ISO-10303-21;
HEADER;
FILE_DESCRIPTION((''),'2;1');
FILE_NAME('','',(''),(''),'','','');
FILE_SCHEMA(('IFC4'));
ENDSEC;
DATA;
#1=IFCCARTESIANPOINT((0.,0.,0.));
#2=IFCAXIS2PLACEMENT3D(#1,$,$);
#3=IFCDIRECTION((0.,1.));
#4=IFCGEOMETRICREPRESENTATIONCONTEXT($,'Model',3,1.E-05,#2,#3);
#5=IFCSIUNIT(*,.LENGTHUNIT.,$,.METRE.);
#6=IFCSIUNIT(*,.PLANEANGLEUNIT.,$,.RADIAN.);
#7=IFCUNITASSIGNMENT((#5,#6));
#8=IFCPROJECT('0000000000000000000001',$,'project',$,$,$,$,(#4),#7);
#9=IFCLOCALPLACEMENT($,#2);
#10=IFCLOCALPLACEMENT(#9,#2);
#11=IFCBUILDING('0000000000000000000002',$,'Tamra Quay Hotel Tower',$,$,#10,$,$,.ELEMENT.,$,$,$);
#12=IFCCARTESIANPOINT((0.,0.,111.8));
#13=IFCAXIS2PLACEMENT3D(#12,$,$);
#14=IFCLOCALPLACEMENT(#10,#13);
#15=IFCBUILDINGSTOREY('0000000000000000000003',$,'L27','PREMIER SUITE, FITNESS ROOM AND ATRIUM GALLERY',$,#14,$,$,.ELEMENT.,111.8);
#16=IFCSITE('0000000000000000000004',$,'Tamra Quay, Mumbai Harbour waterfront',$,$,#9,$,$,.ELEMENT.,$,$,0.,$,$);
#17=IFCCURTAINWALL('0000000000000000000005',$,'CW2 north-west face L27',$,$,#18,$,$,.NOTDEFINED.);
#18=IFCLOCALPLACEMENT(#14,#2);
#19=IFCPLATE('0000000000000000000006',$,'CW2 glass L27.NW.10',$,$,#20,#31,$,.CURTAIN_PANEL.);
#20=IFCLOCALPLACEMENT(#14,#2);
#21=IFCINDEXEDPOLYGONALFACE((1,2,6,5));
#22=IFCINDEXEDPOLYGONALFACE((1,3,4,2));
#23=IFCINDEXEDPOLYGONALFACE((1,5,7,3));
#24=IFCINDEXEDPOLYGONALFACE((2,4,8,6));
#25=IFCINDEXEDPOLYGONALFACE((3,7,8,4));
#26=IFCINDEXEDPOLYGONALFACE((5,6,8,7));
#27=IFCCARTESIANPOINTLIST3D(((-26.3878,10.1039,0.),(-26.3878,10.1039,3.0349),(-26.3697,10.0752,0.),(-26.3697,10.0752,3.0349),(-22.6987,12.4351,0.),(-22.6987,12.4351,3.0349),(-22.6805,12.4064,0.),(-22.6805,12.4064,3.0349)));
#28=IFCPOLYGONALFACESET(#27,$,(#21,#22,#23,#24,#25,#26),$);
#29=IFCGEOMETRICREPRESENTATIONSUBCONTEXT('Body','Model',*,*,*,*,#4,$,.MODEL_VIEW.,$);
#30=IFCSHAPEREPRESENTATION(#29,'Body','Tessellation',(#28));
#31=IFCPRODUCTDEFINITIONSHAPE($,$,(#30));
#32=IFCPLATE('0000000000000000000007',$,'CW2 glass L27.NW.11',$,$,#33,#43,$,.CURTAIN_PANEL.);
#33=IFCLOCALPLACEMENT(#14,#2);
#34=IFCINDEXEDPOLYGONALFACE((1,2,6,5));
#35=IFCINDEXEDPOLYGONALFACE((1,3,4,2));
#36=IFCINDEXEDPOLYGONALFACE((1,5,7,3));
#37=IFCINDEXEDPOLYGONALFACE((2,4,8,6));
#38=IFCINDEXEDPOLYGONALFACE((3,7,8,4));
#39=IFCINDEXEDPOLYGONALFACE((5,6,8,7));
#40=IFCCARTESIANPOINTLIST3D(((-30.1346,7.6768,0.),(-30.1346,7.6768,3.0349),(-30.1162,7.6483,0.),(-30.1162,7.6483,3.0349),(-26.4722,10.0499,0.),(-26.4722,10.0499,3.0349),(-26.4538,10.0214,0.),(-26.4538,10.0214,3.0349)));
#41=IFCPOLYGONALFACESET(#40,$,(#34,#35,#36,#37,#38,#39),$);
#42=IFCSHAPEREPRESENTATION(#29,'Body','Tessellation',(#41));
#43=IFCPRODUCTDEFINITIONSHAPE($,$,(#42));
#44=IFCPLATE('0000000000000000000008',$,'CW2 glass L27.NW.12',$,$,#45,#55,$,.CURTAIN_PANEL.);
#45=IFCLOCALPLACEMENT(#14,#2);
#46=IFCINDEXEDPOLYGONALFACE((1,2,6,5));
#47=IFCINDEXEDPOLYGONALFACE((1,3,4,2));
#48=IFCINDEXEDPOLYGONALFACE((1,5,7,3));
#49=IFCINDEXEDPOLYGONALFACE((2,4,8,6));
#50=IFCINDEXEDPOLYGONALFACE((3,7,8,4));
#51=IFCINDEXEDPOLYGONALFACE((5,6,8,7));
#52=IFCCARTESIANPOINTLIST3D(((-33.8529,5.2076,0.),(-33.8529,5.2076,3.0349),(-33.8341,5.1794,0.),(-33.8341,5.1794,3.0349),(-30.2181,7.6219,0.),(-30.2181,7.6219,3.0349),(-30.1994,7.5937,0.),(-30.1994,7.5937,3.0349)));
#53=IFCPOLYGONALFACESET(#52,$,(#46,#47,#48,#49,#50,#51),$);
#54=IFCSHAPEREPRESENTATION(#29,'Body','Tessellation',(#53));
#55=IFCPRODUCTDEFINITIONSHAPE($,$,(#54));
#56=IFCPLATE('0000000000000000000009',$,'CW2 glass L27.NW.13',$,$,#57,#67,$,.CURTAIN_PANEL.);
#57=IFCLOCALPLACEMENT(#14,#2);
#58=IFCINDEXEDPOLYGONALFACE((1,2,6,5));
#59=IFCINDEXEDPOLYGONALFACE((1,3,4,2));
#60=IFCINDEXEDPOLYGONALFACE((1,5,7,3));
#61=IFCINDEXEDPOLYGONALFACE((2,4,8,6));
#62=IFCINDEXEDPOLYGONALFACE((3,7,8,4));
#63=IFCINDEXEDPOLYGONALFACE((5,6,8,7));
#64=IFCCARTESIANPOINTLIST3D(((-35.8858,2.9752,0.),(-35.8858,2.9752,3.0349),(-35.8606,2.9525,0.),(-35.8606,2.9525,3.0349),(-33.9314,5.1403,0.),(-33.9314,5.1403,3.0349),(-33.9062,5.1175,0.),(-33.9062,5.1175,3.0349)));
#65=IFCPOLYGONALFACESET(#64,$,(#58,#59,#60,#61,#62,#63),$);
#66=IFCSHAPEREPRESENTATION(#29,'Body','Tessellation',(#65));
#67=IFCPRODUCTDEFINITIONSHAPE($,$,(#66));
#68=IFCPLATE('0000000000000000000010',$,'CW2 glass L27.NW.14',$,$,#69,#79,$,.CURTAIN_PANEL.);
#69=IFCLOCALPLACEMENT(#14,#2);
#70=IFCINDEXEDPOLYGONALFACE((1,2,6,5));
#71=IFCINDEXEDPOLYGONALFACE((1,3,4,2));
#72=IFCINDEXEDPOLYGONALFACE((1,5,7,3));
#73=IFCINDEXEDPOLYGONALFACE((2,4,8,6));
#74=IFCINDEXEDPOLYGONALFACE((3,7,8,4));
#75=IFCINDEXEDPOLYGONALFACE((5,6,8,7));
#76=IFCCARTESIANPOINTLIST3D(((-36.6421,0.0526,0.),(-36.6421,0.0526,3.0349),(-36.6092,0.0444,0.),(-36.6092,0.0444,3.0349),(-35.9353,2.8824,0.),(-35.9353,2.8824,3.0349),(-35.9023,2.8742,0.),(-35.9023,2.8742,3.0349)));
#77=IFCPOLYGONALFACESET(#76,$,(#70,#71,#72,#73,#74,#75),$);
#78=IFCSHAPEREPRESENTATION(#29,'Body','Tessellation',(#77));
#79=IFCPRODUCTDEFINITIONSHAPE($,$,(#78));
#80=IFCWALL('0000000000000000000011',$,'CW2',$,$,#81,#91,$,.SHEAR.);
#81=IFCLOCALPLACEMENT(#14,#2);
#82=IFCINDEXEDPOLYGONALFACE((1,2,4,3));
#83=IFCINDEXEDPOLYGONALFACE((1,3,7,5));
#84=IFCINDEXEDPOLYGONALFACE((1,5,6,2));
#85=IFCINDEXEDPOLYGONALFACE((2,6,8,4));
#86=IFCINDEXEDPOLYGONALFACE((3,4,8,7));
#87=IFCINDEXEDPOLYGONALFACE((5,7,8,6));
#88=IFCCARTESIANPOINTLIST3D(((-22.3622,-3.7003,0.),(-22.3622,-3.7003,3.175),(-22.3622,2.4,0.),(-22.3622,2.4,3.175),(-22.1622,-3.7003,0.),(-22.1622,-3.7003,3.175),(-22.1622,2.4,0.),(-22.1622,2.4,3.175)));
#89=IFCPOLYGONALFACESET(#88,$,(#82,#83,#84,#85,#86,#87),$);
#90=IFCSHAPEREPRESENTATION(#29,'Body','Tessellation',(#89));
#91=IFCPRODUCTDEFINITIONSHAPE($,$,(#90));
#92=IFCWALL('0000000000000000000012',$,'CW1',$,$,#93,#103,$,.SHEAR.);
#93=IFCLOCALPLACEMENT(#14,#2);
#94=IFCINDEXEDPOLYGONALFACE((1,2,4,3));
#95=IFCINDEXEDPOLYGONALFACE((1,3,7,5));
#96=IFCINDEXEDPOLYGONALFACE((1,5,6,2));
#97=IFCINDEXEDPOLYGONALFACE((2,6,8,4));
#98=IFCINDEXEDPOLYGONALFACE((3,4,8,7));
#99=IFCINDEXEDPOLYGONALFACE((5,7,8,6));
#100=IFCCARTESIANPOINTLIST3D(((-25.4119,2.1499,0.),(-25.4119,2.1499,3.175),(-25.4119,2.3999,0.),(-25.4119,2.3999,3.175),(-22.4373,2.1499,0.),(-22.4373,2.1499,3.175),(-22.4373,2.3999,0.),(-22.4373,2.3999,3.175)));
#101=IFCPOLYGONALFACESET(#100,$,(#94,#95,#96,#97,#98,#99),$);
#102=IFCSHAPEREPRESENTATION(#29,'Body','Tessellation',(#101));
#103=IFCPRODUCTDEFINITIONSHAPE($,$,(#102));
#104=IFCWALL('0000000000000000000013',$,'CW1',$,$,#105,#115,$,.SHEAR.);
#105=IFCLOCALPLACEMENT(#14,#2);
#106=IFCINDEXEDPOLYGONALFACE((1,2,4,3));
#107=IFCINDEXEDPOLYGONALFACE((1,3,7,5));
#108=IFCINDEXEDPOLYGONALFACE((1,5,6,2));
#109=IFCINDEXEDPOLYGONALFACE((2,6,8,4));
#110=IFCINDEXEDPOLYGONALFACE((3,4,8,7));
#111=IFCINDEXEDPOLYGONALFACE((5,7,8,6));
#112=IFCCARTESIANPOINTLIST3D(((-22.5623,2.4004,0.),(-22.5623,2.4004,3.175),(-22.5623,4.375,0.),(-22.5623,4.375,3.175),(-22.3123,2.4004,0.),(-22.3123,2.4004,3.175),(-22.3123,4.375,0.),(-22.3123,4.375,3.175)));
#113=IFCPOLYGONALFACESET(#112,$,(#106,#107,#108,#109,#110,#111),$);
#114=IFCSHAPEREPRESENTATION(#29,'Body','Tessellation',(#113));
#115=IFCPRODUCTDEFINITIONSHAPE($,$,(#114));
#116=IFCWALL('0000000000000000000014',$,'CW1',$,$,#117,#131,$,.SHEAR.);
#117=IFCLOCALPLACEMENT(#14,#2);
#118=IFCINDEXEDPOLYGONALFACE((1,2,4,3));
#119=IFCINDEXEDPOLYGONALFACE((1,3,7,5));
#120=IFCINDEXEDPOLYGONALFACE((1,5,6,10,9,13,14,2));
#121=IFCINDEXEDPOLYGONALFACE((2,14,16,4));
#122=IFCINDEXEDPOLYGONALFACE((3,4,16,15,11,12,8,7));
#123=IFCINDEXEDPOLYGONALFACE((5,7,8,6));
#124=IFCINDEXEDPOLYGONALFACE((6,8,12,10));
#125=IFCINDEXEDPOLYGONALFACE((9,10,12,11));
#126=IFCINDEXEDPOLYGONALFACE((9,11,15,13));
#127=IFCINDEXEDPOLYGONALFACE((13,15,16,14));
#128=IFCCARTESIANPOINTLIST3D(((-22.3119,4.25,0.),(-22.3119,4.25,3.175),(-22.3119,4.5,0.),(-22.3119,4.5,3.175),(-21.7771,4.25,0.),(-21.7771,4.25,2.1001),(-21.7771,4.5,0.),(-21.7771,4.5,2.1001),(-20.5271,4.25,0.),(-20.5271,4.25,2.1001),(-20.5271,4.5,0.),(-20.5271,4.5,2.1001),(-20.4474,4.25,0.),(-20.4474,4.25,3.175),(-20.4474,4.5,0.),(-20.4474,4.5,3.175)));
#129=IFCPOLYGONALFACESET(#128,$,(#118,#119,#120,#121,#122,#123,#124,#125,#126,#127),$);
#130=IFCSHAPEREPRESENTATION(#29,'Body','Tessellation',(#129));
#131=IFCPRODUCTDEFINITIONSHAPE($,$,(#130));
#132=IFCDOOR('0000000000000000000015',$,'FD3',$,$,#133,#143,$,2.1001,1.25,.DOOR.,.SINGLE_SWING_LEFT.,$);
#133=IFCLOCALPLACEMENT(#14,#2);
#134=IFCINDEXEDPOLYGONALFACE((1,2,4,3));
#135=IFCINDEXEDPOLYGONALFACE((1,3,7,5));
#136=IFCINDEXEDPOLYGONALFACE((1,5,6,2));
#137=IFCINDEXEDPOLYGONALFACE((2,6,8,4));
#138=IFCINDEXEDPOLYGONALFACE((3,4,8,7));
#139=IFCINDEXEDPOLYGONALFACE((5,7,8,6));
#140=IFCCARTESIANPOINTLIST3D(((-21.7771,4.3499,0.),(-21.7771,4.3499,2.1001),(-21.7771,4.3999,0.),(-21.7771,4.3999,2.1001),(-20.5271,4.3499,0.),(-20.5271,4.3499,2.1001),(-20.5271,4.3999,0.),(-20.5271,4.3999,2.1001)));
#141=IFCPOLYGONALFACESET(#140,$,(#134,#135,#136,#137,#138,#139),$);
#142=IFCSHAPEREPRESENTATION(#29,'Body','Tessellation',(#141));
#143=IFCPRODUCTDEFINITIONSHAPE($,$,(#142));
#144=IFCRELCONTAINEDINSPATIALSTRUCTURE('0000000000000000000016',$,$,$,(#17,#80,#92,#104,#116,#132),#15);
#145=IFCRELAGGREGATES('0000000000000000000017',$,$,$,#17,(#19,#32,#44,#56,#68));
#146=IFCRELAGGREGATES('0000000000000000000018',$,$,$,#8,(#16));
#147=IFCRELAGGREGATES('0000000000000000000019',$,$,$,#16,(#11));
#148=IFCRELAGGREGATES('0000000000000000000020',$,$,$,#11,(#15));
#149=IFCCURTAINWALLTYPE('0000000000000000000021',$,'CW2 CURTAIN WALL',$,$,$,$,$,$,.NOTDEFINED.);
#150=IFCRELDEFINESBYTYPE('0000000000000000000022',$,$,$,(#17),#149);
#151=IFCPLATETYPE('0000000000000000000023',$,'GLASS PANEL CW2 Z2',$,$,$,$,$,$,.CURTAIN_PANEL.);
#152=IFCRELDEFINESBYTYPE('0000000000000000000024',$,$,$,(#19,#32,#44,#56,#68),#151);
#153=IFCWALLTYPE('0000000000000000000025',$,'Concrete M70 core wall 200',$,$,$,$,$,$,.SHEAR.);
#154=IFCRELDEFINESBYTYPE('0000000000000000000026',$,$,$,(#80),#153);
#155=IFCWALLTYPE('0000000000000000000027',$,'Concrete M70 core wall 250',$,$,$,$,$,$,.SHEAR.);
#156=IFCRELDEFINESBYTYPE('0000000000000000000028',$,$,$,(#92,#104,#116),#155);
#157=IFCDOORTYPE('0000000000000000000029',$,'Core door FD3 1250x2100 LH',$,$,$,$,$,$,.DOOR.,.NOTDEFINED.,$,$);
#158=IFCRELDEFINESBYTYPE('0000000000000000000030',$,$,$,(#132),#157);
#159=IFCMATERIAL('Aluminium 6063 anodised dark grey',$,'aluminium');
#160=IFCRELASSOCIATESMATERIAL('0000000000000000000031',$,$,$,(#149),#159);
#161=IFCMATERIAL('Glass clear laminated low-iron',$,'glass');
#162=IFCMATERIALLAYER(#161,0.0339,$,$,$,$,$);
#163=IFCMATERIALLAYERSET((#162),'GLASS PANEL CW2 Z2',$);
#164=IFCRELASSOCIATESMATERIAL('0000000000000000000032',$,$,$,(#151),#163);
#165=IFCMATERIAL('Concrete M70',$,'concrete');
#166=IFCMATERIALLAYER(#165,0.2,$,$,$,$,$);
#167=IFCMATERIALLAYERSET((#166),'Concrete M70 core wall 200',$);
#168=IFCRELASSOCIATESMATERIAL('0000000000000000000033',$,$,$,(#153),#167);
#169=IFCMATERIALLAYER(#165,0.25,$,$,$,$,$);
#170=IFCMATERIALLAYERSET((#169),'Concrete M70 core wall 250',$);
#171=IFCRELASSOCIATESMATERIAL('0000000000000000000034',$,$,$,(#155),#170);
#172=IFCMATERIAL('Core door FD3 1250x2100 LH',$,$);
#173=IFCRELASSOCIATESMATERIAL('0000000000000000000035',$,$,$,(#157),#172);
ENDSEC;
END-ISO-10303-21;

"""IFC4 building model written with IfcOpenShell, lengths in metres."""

from ifc_helpers import new_model, si_unit, direction, frame, frame_2d, origin, origin_2d, place, context, subcontext, project, spatial, rectangle, extrude, material, layer, layer_set, type_object, element, fill, aggregate, save


model = new_model("IFC4")

# Units and contexts
model_context = context("Model", 3, precision=1e-05, world=origin(), true_north=direction((0.0, 1.0)))
body_context = subcontext(model_context, "Body", "Model", "MODEL_VIEW")
ifc_project = project(units=[si_unit("LENGTHUNIT", "METRE"), si_unit("PLANEANGLEUNIT", "RADIAN")], contexts=[model_context])

# Site, building, storey
site_placement = place(None, origin())
site = spatial("IfcSite", under=ifc_project, at=site_placement, Name="Tamra Quay, Mumbai Harbour waterfront", CompositionType="ELEMENT", RefElevation=0.0)
building_placement = place(site_placement, origin())
building = spatial("IfcBuilding", under=site, at=building_placement, Name="Tamra Quay Hotel Tower", CompositionType="ELEMENT")
storey_placement = place(building_placement, frame((0.0, 0.0, 111.8)))
storey = spatial("IfcBuildingStorey", under=building, at=storey_placement, Name="L27", Description="PREMIER SUITE, FITNESS ROOM AND ATRIUM GALLERY", CompositionType="ELEMENT", Elevation=111.8)

# Shared definitions
ifc_material_1 = material(Name="Concrete M70", Category="concrete")

# Curtain wall
ifc_material_2 = material(Name="Aluminium 6063 anodised dark grey", Category="aluminium")
curtain_wall_type = type_object("IfcCurtainWallType", Name="CW2 CURTAIN WALL", PredefinedType="NOTDEFINED", material=ifc_material_2)
curtain_wall_placement = place(storey_placement, origin())
curtain_wall = element("IfcCurtainWall", 1, at=curtain_wall_placement, inside=storey, type_object=curtain_wall_type, Name="CW2 north-west face L27", PredefinedType="NOTDEFINED")

# Plates
ifc_material_3 = material(Name="Glass clear laminated low-iron", Category="glass")
ifc_layer_1 = layer(ifc_material_3, 0.0339)
ifc_layer_set_1 = layer_set([ifc_layer_1], Name="GLASS PANEL CW2 Z2")
plate_type = type_object("IfcPlateType", Name="GLASS PANEL CW2 Z2", PredefinedType="CURTAIN_PANEL", material=ifc_layer_set_1)
plate_1_placement = place(storey_placement, frame((-24.5342, 11.2551, 0.0), z_axis=(0.0, 0.0, 1.0), x_axis=(-0.845362, -0.534193, 0.0)))
plate_1 = element("IfcPlate", 2, at=plate_1_placement, type_object=plate_type, Name="CW2 glass L27.NW.10", PredefinedType="CURTAIN_PANEL", context=body_context, shape_type="SweptSolid", body=[
    extrude(rectangle(XDim=4.364, YDim=0.0339, at=origin_2d()), origin(), (0.0, 0.0, 1.0), 3.0349),
])
plate_2_placement = place(storey_placement, frame((-28.2942, 8.8491, 0.0), z_axis=(0.0, 0.0, 1.0), x_axis=(-0.839224, -0.543786, 0.0)))
plate_2 = element("IfcPlate", 3, at=plate_2_placement, type_object=plate_type, Name="CW2 glass L27.NW.11", PredefinedType="CURTAIN_PANEL", context=body_context, shape_type="SweptSolid", body=[
    extrude(rectangle(XDim=4.364, YDim=0.0339, at=origin_2d()), origin(), (0.0, 0.0, 1.0), 3.0349),
])
plate_3_placement = place(storey_placement, frame((-32.0261, 6.4006, 0.0), z_axis=(0.0, 0.0, 1.0), x_axis=(-0.832988, -0.553291, 0.0)))
plate_3 = element("IfcPlate", 4, at=plate_3_placement, type_object=plate_type, Name="CW2 glass L27.NW.12", PredefinedType="CURTAIN_PANEL", context=body_context, shape_type="SweptSolid", body=[
    extrude(rectangle(XDim=4.3635, YDim=0.0339, at=origin_2d()), origin(), (0.0, 0.0, 1.0), 3.0349),
])
plate_4_placement = place(storey_placement, frame((-34.896, 4.0464, 0.0), z_axis=(0.0, 0.0, 1.0), x_axis=(-0.670088, -0.742282, 0.0)))
plate_4 = element("IfcPlate", 5, at=plate_4_placement, type_object=plate_type, Name="CW2 glass L27.NW.13", PredefinedType="CURTAIN_PANEL", context=body_context, shape_type="SweptSolid", body=[
    extrude(rectangle(XDim=2.9167, YDim=0.0339, at=origin_2d()), origin(), (0.0, 0.0, 1.0), 3.0349),
])
plate_5_placement = place(storey_placement, frame((-36.2722, 1.4634, 0.0), z_axis=(0.0, 0.0, 1.0), x_axis=(-0.242339, -0.970192, 0.0)))
plate_5 = element("IfcPlate", 6, at=plate_5_placement, type_object=plate_type, Name="CW2 glass L27.NW.14", PredefinedType="CURTAIN_PANEL", context=body_context, shape_type="SweptSolid", body=[
    extrude(rectangle(XDim=2.9167, YDim=0.0339, at=origin_2d()), origin(), (0.0, 0.0, 1.0), 3.0349),
])
aggregate(curtain_wall, [plate_1, plate_2, plate_3, plate_4, plate_5])

# Walls
ifc_layer_2 = layer(ifc_material_1, 0.2)
ifc_layer_set_2 = layer_set([ifc_layer_2], Name="Concrete M70 core wall 200")
wall_type_1 = type_object("IfcWallType", Name="Concrete M70 core wall 200", PredefinedType="SHEAR", material=ifc_layer_set_2)
wall_1_placement = place(storey_placement, frame((-22.2622, 2.4001, 0.0), z_axis=(0.0, 0.0, 1.0), x_axis=(0.0, -1.0, 0.0)))
element("IfcWall", 7, at=wall_1_placement, inside=storey, type_object=wall_type_1, Name="CW2", PredefinedType="SHEAR", context=body_context, shape_type="SweptSolid", body=[
    extrude(rectangle(XDim=6.1003, YDim=0.2, at=frame_2d((3.0503, 0.0))), origin(), (0.0, 0.0, 1.0), 3.175),
])
ifc_layer_3 = layer(ifc_material_1, 0.25)
ifc_layer_set_3 = layer_set([ifc_layer_3], Name="Concrete M70 core wall 250")
wall_type_2 = type_object("IfcWallType", Name="Concrete M70 core wall 250", PredefinedType="SHEAR", material=ifc_layer_set_3)
wall_2_placement = place(storey_placement, frame((-25.4119, 2.2749, 0.0), z_axis=(0.0, 0.0, 1.0), x_axis=(1.0, 0.0, 0.0)))
element("IfcWall", 8, at=wall_2_placement, inside=storey, type_object=wall_type_2, Name="CW1", PredefinedType="SHEAR", context=body_context, shape_type="SweptSolid", body=[
    extrude(rectangle(XDim=2.9746, YDim=0.25, at=frame_2d((1.4873, 0.0))), origin(), (0.0, 0.0, 1.0), 3.175),
])
wall_3_placement = place(storey_placement, frame((-22.4373, 2.4004, 0.0), z_axis=(0.0, 0.0, 1.0), x_axis=(0.0, 1.0, 0.0)))
element("IfcWall", 9, at=wall_3_placement, inside=storey, type_object=wall_type_2, Name="CW1", PredefinedType="SHEAR", context=body_context, shape_type="SweptSolid", body=[
    extrude(rectangle(XDim=1.9746, YDim=0.25, at=frame_2d((0.9873, 0.0))), origin(), (0.0, 0.0, 1.0), 3.175),
])

# Wall, opening, door
wall_4_placement = place(storey_placement, frame((-22.3118, 4.375, 0.0), z_axis=(0.0, 0.0, 1.0), x_axis=(1.0, 0.0, 0.0)))
wall_4 = element("IfcWall", 10, at=wall_4_placement, inside=storey, type_object=wall_type_2, Name="CW1", PredefinedType="SHEAR", context=body_context, shape_type="SweptSolid", body=[
    extrude(rectangle(XDim=1.8645, YDim=0.25, at=frame_2d((0.9321, 0.0))), origin(), (0.0, 0.0, 1.0), 3.175),
])
opening_placement = place(wall_4_placement, frame((0.5347, 0.0, 0.0)))
opening = element("IfcOpeningElement", 11, at=opening_placement, cuts=wall_4, PredefinedType="OPENING", context=body_context, shape_type="SweptSolid", body=[
    extrude(rectangle(XDim=1.25, YDim=2.1001, at=frame_2d((0.625, 1.05))), frame((0.0, 0.135, 0.0), z_axis=(0.0, -1.0, 0.0), x_axis=(1.0, 0.0, 0.0)), (0.0, 0.0, 1.0), 0.27),
])
ifc_material_4 = material(Name="Core door FD3 1250x2100 LH")
door_type = type_object("IfcDoorType", Name="Core door FD3 1250x2100 LH", OperationType="NOTDEFINED", PredefinedType="DOOR", material=ifc_material_4)
door_placement = place(opening_placement, origin())
door = element("IfcDoor", 12, at=door_placement, inside=storey, type_object=door_type, Name="FD3", OperationType="SINGLE_SWING_LEFT", OverallHeight=2.1001, OverallWidth=1.25, PredefinedType="DOOR", context=body_context, shape_type="SweptSolid", body=[
    extrude(rectangle(XDim=1.25, YDim=2.1001, at=frame_2d((0.625, 1.05))), frame((0.0, 0.0249, 0.0), z_axis=(0.0, -1.0, 0.0), x_axis=(1.0, 0.0, 0.0)), (0.0, 0.0, 1.0), 0.05),
])
fill(opening, door)

save(model, "model.ifc")
